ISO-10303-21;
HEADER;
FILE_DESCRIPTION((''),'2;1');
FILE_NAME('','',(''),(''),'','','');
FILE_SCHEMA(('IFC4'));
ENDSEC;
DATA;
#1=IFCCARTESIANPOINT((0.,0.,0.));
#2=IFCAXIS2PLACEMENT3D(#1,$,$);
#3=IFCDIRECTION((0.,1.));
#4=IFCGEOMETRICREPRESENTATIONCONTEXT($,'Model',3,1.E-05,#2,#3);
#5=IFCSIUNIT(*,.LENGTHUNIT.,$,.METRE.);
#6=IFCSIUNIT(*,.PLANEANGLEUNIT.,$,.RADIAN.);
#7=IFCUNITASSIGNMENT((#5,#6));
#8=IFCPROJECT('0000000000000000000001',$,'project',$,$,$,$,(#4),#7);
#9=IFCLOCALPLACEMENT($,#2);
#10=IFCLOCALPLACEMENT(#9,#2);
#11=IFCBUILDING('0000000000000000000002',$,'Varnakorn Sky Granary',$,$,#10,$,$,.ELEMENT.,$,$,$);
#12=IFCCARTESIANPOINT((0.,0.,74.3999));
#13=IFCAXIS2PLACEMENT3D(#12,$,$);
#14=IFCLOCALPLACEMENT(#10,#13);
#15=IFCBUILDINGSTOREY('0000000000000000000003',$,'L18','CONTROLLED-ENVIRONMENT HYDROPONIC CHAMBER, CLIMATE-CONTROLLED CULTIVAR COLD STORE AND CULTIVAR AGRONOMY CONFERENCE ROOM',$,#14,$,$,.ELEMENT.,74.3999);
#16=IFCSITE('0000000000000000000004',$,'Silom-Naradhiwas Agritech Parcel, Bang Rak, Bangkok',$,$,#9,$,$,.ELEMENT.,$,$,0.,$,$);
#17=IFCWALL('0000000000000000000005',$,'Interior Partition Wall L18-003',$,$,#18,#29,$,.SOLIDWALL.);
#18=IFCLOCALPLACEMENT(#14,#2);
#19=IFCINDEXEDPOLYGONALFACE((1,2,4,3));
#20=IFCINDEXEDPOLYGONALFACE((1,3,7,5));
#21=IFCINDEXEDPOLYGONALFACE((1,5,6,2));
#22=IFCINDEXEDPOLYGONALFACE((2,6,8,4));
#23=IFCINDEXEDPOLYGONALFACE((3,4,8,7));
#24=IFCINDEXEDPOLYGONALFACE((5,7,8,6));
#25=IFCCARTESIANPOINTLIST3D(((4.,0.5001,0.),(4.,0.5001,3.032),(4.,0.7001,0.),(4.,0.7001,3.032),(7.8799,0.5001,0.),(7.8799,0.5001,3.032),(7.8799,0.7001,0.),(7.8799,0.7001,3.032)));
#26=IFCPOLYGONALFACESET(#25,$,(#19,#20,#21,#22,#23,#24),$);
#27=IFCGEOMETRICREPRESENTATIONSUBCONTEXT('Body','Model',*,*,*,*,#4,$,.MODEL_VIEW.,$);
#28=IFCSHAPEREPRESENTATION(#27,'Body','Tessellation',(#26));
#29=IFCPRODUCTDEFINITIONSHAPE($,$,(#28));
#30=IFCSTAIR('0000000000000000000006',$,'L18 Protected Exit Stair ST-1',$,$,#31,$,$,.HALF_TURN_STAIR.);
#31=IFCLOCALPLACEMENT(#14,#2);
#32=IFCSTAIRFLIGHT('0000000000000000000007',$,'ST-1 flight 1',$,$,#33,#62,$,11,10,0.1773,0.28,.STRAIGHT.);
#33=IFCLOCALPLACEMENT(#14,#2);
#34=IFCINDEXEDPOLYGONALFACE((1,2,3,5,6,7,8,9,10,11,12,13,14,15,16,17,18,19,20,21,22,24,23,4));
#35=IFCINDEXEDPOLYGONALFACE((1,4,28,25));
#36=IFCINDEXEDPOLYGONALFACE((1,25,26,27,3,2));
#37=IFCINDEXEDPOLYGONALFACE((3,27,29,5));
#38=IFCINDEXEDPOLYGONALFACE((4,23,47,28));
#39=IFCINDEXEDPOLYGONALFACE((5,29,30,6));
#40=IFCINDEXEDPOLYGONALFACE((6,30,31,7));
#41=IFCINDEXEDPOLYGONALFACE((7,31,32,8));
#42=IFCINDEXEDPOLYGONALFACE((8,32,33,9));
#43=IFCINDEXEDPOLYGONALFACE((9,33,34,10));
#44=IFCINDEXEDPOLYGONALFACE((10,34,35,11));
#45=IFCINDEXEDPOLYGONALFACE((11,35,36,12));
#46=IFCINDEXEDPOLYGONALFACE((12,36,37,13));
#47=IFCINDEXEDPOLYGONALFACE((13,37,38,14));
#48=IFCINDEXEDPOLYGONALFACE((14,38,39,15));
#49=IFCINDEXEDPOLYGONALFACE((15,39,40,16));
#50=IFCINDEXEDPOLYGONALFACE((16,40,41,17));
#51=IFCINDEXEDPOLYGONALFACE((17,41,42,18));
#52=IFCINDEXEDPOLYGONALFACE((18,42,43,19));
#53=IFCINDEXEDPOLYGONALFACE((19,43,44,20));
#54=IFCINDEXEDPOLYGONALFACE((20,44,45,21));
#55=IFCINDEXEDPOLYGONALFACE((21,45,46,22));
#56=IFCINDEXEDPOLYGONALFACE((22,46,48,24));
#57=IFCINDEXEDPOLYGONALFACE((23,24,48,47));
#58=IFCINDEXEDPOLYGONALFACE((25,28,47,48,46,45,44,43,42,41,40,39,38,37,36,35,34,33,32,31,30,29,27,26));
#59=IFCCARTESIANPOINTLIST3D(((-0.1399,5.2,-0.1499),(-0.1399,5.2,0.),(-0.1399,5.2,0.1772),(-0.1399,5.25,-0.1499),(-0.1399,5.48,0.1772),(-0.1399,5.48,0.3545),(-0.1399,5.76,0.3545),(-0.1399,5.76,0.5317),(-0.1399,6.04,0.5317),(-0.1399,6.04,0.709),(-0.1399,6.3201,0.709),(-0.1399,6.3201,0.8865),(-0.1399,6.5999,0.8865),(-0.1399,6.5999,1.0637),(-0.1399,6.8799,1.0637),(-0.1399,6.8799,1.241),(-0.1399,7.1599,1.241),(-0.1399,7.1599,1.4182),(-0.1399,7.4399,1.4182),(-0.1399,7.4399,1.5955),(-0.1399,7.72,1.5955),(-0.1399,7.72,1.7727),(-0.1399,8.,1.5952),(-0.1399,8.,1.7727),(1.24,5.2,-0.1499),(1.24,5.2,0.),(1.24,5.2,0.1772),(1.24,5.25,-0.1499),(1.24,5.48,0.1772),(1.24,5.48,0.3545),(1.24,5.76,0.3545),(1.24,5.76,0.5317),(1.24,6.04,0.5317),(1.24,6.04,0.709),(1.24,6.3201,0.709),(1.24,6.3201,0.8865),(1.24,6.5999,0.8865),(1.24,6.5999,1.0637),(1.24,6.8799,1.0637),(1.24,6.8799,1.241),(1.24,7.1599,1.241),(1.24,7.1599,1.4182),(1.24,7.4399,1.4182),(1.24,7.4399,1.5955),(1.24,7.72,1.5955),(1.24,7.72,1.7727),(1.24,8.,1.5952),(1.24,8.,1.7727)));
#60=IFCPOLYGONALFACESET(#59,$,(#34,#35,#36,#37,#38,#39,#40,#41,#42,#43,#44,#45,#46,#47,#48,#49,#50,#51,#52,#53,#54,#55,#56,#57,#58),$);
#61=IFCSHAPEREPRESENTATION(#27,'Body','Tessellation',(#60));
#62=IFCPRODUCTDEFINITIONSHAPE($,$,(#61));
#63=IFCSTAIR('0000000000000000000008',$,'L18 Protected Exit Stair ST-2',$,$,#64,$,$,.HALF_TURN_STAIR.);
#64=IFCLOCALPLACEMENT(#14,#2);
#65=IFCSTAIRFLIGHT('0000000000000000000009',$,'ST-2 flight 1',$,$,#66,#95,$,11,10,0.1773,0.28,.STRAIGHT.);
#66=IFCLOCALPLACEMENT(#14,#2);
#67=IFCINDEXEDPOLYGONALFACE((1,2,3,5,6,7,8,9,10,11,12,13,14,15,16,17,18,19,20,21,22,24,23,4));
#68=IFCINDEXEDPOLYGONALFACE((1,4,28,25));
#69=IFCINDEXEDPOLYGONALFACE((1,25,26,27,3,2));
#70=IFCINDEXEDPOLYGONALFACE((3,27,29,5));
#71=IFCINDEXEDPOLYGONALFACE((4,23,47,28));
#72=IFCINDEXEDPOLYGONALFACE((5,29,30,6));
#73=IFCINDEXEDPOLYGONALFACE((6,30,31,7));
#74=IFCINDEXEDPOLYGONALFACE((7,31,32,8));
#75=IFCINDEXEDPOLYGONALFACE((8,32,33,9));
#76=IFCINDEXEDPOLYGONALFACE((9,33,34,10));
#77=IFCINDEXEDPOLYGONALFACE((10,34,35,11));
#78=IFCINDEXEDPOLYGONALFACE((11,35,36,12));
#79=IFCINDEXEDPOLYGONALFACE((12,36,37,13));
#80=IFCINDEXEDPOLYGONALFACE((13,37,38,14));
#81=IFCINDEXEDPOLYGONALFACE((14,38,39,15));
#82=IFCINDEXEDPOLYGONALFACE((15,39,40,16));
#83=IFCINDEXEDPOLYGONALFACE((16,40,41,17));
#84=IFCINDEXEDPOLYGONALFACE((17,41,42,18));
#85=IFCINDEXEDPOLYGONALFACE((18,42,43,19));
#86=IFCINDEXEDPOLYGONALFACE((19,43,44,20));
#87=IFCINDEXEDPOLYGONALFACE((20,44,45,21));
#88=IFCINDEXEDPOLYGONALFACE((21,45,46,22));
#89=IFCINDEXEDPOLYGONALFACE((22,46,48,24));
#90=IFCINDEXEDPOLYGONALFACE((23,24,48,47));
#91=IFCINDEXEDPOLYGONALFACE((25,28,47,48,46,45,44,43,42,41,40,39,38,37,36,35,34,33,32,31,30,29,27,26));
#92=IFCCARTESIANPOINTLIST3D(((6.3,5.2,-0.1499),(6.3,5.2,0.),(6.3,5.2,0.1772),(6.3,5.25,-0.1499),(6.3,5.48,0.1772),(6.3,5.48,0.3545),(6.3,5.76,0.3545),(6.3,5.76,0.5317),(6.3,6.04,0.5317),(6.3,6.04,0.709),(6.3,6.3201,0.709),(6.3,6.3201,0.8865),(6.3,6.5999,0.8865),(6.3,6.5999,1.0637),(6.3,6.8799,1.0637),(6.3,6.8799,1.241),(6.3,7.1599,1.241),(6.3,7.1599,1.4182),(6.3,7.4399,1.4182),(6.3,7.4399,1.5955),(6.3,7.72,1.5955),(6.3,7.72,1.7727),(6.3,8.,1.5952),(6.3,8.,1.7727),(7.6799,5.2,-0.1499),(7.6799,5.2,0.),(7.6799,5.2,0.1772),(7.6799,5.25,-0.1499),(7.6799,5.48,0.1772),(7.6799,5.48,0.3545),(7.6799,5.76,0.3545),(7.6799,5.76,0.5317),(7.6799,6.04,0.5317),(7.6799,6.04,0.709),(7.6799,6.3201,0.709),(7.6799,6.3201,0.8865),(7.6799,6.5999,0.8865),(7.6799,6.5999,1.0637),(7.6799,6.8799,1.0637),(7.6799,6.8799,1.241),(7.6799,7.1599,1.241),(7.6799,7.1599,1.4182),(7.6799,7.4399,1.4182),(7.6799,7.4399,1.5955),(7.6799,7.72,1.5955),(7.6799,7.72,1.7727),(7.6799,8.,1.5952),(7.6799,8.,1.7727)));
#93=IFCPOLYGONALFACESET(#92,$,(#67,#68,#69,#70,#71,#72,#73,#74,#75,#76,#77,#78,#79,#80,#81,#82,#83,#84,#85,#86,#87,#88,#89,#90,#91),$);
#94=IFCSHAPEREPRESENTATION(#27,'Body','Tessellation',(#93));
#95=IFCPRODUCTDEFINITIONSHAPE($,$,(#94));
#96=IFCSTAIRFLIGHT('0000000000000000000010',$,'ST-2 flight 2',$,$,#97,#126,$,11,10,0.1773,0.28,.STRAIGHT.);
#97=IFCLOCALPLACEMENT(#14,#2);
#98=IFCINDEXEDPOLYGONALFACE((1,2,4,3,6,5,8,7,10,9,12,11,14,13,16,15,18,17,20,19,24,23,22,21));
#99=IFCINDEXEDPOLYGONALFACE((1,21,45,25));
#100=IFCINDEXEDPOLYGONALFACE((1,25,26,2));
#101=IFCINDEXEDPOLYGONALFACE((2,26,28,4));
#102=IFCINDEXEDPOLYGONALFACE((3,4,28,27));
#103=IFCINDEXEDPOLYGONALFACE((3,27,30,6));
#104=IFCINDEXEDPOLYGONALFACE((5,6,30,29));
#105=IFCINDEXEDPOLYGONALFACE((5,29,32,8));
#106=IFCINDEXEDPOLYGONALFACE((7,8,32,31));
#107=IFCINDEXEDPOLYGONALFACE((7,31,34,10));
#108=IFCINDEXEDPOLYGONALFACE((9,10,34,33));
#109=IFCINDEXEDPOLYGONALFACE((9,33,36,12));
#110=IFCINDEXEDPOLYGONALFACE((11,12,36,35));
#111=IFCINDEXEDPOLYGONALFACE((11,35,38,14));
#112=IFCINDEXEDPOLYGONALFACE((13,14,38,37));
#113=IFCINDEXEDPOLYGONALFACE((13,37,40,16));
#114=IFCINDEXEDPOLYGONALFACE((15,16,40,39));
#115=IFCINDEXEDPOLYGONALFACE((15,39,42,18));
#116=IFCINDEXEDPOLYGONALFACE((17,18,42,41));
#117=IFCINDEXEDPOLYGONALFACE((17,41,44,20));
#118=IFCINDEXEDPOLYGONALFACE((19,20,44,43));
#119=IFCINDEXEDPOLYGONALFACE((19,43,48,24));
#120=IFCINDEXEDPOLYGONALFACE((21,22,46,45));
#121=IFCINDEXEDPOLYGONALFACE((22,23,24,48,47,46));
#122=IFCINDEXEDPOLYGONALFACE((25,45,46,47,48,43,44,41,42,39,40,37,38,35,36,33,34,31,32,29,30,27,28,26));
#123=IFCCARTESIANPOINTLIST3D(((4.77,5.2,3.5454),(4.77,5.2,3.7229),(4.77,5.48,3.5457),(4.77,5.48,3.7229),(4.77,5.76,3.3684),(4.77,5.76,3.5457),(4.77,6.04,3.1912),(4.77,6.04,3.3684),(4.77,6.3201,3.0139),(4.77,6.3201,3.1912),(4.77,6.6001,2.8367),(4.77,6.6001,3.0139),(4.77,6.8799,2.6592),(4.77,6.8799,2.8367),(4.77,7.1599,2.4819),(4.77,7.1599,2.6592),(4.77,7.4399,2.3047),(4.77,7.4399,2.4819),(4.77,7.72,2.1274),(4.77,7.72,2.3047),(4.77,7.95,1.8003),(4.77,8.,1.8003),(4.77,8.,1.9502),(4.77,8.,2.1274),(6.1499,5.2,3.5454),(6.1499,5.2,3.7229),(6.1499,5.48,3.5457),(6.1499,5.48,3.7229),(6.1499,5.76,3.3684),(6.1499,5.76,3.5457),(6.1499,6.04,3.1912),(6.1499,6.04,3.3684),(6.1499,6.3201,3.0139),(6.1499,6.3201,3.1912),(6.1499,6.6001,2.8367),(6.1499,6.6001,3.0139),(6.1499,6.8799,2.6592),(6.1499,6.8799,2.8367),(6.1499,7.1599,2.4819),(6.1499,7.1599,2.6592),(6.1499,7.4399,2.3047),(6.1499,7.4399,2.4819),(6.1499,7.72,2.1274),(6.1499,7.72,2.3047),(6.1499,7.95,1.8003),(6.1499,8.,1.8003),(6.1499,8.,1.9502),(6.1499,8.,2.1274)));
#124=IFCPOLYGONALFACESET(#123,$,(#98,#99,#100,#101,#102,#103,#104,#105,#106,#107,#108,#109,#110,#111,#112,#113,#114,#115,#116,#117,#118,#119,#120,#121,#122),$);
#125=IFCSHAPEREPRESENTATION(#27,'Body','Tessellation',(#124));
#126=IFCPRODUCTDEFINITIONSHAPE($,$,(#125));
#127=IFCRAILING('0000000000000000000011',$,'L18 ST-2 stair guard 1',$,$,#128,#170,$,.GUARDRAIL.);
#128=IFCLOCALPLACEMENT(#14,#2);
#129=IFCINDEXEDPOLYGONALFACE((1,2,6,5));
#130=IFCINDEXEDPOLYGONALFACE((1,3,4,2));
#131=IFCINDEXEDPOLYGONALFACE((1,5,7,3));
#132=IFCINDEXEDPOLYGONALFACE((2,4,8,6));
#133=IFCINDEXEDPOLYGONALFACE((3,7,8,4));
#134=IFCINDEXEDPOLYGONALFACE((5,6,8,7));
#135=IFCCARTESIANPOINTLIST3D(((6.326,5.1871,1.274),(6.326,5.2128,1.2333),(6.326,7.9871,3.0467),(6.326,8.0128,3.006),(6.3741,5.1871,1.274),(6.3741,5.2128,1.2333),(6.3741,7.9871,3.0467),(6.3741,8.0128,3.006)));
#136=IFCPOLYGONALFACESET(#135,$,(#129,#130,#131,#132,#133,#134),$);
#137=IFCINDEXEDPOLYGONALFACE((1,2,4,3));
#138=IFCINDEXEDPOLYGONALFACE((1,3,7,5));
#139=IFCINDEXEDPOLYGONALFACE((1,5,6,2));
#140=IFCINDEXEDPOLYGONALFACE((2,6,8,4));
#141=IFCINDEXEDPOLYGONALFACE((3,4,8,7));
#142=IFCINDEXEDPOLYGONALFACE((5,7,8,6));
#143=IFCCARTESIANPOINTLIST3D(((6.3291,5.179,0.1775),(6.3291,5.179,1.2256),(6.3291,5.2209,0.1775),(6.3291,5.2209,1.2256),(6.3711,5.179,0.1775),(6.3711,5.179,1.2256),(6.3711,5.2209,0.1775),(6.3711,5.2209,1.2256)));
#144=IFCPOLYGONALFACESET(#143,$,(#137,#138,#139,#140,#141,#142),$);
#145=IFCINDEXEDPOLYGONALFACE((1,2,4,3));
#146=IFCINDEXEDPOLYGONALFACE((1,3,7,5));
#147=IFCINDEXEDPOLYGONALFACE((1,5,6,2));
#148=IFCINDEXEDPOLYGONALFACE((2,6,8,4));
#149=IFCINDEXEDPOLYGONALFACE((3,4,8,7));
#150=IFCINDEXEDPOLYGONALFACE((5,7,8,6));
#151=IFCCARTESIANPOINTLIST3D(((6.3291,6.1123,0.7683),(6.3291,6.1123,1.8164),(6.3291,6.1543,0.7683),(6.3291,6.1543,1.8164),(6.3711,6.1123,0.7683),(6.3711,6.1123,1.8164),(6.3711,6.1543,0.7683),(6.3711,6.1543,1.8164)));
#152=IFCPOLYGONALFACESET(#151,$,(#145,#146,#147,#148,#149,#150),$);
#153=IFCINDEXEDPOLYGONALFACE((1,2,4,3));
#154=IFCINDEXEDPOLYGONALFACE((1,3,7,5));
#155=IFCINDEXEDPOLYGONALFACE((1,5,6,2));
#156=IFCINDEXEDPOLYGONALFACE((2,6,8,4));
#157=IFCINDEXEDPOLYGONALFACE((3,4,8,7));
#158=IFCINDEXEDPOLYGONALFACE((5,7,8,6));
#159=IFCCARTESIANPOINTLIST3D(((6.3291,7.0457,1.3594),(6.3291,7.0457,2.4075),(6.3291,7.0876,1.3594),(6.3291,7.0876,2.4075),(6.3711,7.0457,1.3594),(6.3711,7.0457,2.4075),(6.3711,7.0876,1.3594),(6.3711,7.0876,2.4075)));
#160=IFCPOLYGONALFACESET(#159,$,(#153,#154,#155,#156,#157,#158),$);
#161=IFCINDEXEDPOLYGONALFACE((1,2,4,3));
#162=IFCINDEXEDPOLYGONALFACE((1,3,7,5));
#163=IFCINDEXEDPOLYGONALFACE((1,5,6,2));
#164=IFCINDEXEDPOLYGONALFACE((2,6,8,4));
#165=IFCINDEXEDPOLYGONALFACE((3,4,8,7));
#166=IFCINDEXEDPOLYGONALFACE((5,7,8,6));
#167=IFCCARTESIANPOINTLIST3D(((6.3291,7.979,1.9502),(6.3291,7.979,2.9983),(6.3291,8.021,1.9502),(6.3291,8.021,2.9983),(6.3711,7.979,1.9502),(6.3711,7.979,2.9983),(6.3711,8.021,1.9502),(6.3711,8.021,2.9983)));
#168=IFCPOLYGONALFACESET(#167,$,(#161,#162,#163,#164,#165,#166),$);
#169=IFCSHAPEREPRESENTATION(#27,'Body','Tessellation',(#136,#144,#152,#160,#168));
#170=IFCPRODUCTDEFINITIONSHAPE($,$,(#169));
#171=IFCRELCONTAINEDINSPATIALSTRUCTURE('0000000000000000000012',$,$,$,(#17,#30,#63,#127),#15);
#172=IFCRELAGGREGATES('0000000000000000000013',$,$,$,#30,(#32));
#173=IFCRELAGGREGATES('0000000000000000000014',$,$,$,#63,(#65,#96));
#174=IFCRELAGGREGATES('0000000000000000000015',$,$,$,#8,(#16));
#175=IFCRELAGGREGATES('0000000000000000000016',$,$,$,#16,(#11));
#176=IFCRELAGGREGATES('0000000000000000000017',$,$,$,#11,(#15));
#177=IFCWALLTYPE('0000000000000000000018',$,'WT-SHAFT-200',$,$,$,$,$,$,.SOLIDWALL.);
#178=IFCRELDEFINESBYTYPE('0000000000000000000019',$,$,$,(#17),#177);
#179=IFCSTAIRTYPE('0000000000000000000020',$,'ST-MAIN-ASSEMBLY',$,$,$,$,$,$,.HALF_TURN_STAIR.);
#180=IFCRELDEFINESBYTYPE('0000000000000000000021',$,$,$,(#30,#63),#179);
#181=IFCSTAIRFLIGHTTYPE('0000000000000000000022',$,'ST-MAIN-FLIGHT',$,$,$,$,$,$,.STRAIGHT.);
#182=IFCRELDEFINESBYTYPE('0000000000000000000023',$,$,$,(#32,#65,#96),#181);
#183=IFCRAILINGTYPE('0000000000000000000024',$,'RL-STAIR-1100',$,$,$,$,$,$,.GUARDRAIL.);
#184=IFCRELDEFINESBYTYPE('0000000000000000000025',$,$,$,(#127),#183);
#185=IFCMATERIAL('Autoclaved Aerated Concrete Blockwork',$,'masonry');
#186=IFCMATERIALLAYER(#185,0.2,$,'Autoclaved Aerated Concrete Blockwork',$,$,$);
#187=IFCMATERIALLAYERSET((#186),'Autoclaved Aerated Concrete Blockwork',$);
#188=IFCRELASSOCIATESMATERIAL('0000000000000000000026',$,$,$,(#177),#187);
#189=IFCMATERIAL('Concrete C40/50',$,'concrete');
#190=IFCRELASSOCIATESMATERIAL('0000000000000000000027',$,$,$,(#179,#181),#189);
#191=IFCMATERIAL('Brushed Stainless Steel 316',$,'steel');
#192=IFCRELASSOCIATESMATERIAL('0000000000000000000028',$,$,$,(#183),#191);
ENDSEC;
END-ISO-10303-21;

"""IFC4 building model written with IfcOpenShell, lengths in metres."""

from ifc_helpers import new_model, si_unit, direction, frame, frame_2d, origin, origin_2d, place, context, subcontext, project, spatial, polyline, rectangle, outline, extrude, material, layer, layer_set, type_object, element, aggregate, save


model = new_model("IFC4")

# Units and contexts
model_context = context("Model", 3, precision=1e-05, world=origin(), true_north=direction((0.0, 1.0)))
body_context = subcontext(model_context, "Body", "Model", "MODEL_VIEW")
ifc_project = project(units=[si_unit("LENGTHUNIT", "METRE"), si_unit("PLANEANGLEUNIT", "RADIAN")], contexts=[model_context])

# Site, building, storey
site_placement = place(None, origin())
site = spatial("IfcSite", under=ifc_project, at=site_placement, Name="Silom-Naradhiwas Agritech Parcel, Bang Rak, Bangkok", CompositionType="ELEMENT", RefElevation=0.0)
building_placement = place(site_placement, origin())
building = spatial("IfcBuilding", under=site, at=building_placement, Name="Varnakorn Sky Granary", CompositionType="ELEMENT")
storey_placement = place(building_placement, frame((0.0, 0.0, 74.3999)))
storey = spatial("IfcBuildingStorey", under=building, at=storey_placement, Name="L18", Description="CONTROLLED-ENVIRONMENT HYDROPONIC CHAMBER, CLIMATE-CONTROLLED CULTIVAR COLD STORE AND CULTIVAR AGRONOMY CONFERENCE ROOM", CompositionType="ELEMENT", Elevation=74.3999)

# Shared definitions
ifc_material_1 = material(Name="Autoclaved Aerated Concrete Blockwork", Category="masonry")

# Wall
ifc_layer_1 = layer(ifc_material_1, 0.2, Name="Autoclaved Aerated Concrete Blockwork")
ifc_layer_set_1 = layer_set([ifc_layer_1], Name="Autoclaved Aerated Concrete Blockwork")
wall_type_1 = type_object("IfcWallType", Name="WT-SHAFT-200", PredefinedType="SOLIDWALL", material=ifc_layer_set_1)
wall_1_placement = place(storey_placement, frame((4.0, 0.6001, 0.0), z_axis=(0.0, 0.0, 1.0), x_axis=(1.0, 0.0, 0.0)))
element("IfcWall", 1, at=wall_1_placement, inside=storey, type_object=wall_type_1, Name="Interior Partition Wall L18-003", PredefinedType="SOLIDWALL", context=body_context, shape_type="SweptSolid", body=[
    extrude(rectangle(XDim=3.8799, YDim=0.2, at=frame_2d((1.9399, 0.0))), origin(), (0.0, 0.0, 1.0), 3.032),
])

# Stair, stair flight
ifc_material_2 = material(Name="Concrete C40/50", Category="concrete")
stair_type = type_object("IfcStairType", Name="ST-MAIN-ASSEMBLY", PredefinedType="HALF_TURN_STAIR", material=ifc_material_2)
stair_1_placement = place(storey_placement, origin())
stair_1 = element("IfcStair", 2, at=stair_1_placement, inside=storey, type_object=stair_type, Name="L18 Protected Exit Stair ST-1", PredefinedType="HALF_TURN_STAIR")
stair_flight_type = type_object("IfcStairFlightType", Name="ST-MAIN-FLIGHT", PredefinedType="STRAIGHT", material=ifc_material_2)
stair_flight_1_placement = place(storey_placement, frame((0.55, 5.2, 0.0), z_axis=(0.0, 0.0, 1.0), x_axis=(0.0, 1.0, 0.0)))
stair_flight_1 = element("IfcStairFlight", 3, at=stair_flight_1_placement, type_object=stair_flight_type, Name="ST-1 flight 1", NumberOfRisers=11, NumberOfTreads=10, PredefinedType="STRAIGHT", RiserHeight=0.1773, TreadLength=0.28, context=body_context, shape_type="SweptSolid", body=[
    extrude(outline(polyline([(0.0, -0.1499), (0.0, 0.0), (0.0, 0.1772), (0.28, 0.1772), (0.28, 0.3545), (0.5601, 0.3545), (0.5601, 0.5317), (0.8401, 0.5317), (0.8401, 0.709), (1.1201, 0.709), (1.1201, 0.8865), (1.3999, 0.8865), (1.3999, 1.0637), (1.6799, 1.0637), (1.6799, 1.241), (1.96, 1.241), (1.96, 1.4182), (2.24, 1.4182), (2.24, 1.5955), (2.52, 1.5955), (2.52, 1.7727), (2.8, 1.7727), (2.8, 1.95), (2.8, 1.5952), (0.05, -0.1499), (0.0, -0.1499)])), frame((0.0, 0.6899, 0.0), z_axis=(0.0, -1.0, 0.0), x_axis=(1.0, 0.0, 0.0)), (0.0, 0.0, 1.0), 1.3799),
])
aggregate(stair_1, [stair_flight_1])

# Stair, stair flights
stair_2_placement = place(storey_placement, origin())
stair_2 = element("IfcStair", 4, at=stair_2_placement, inside=storey, type_object=stair_type, Name="L18 Protected Exit Stair ST-2", PredefinedType="HALF_TURN_STAIR")
stair_flight_2_placement = place(storey_placement, frame((6.99, 5.2, 0.0), z_axis=(0.0, 0.0, 1.0), x_axis=(0.0, 1.0, 0.0)))
stair_flight_2 = element("IfcStairFlight", 5, at=stair_flight_2_placement, type_object=stair_flight_type, Name="ST-2 flight 1", NumberOfRisers=11, NumberOfTreads=10, PredefinedType="STRAIGHT", RiserHeight=0.1773, TreadLength=0.28, context=body_context, shape_type="SweptSolid", body=[
    extrude(outline(polyline([(0.0, -0.1499), (0.0, 0.0), (0.0, 0.1772), (0.28, 0.1772), (0.28, 0.3545), (0.5601, 0.3545), (0.5601, 0.5317), (0.8401, 0.5317), (0.8401, 0.709), (1.1201, 0.709), (1.1201, 0.8865), (1.3999, 0.8865), (1.3999, 1.0637), (1.6799, 1.0637), (1.6799, 1.241), (1.96, 1.241), (1.96, 1.4182), (2.24, 1.4182), (2.24, 1.5955), (2.52, 1.5955), (2.52, 1.7727), (2.8, 1.7727), (2.8, 1.95), (2.8, 1.5952), (0.05, -0.1499), (0.0, -0.1499)])), frame((0.0, 0.6899, 0.0), z_axis=(0.0, -1.0, 0.0), x_axis=(1.0, 0.0, 0.0)), (0.0, 0.0, 1.0), 1.3799),
])
stair_flight_3_placement = place(storey_placement, frame((5.46, 8.0, 1.9502), z_axis=(0.0, 0.0, 1.0), x_axis=(0.0, -1.0, 0.0)))
stair_flight_3 = element("IfcStairFlight", 6, at=stair_flight_3_placement, type_object=stair_flight_type, Name="ST-2 flight 2", NumberOfRisers=11, NumberOfTreads=10, PredefinedType="STRAIGHT", RiserHeight=0.1773, TreadLength=0.28, context=body_context, shape_type="SweptSolid", body=[
    extrude(outline(polyline([(0.0, -0.1499), (0.0, 0.0), (0.0, 0.1772), (0.28, 0.1772), (0.28, 0.3545), (0.5601, 0.3545), (0.5601, 0.5317), (0.8401, 0.5317), (0.8401, 0.709), (1.1201, 0.709), (1.1201, 0.8865), (1.3999, 0.8865), (1.3999, 1.0637), (1.6799, 1.0637), (1.6799, 1.241), (1.96, 1.241), (1.96, 1.4182), (2.24, 1.4182), (2.24, 1.5955), (2.52, 1.5955), (2.52, 1.7727), (2.8, 1.7727), (2.8, 1.95), (2.8, 1.5952), (0.05, -0.1499), (0.0, -0.1499)])), frame((0.0, 0.6899, 0.0), z_axis=(0.0, -1.0, 0.0), x_axis=(1.0, 0.0, 0.0)), (0.0, 0.0, 1.0), 1.3799),
])
aggregate(stair_2, [stair_flight_2, stair_flight_3])

# Railing
ifc_material_3 = material(Name="Brushed Stainless Steel 316", Category="steel")
railing_type_1 = type_object("IfcRailingType", Name="RL-STAIR-1100", PredefinedType="GUARDRAIL", material=ifc_material_3)
railing_1_placement = place(storey_placement, frame((6.3501, 5.2, 0.1775)))
element("IfcRailing", 7, at=railing_1_placement, inside=storey, type_object=railing_type_1, Name="L18 ST-2 stair guard 1", PredefinedType="GUARDRAIL", context=body_context, shape_type="SweptSolid", body=[
    extrude(rectangle(XDim=0.0481, YDim=0.0481, at=origin_2d()), frame((0.0, 0.0, 1.0762), z_axis=(0.0, 0.844909, 0.53491), x_axis=(-1.0, 0.0, 0.0)), (0.0, 0.0, 1.0), 3.314),
    extrude(rectangle(XDim=0.042, YDim=0.042, at=origin_2d()), origin(), (0.0, 0.0, 1.0), 1.0481),
    extrude(rectangle(XDim=0.042, YDim=0.042, at=origin_2d()), frame((0.0, 0.9333, 0.5908)), (0.0, 0.0, 1.0), 1.0481),
    extrude(rectangle(XDim=0.042, YDim=0.042, at=origin_2d()), frame((0.0, 1.8667, 1.1819)), (0.0, 0.0, 1.0), 1.0481),
    extrude(rectangle(XDim=0.042, YDim=0.042, at=origin_2d()), frame((0.0, 2.8, 1.7727)), (0.0, 0.0, 1.0), 1.0481),
])

save(model, "model.ifc")
